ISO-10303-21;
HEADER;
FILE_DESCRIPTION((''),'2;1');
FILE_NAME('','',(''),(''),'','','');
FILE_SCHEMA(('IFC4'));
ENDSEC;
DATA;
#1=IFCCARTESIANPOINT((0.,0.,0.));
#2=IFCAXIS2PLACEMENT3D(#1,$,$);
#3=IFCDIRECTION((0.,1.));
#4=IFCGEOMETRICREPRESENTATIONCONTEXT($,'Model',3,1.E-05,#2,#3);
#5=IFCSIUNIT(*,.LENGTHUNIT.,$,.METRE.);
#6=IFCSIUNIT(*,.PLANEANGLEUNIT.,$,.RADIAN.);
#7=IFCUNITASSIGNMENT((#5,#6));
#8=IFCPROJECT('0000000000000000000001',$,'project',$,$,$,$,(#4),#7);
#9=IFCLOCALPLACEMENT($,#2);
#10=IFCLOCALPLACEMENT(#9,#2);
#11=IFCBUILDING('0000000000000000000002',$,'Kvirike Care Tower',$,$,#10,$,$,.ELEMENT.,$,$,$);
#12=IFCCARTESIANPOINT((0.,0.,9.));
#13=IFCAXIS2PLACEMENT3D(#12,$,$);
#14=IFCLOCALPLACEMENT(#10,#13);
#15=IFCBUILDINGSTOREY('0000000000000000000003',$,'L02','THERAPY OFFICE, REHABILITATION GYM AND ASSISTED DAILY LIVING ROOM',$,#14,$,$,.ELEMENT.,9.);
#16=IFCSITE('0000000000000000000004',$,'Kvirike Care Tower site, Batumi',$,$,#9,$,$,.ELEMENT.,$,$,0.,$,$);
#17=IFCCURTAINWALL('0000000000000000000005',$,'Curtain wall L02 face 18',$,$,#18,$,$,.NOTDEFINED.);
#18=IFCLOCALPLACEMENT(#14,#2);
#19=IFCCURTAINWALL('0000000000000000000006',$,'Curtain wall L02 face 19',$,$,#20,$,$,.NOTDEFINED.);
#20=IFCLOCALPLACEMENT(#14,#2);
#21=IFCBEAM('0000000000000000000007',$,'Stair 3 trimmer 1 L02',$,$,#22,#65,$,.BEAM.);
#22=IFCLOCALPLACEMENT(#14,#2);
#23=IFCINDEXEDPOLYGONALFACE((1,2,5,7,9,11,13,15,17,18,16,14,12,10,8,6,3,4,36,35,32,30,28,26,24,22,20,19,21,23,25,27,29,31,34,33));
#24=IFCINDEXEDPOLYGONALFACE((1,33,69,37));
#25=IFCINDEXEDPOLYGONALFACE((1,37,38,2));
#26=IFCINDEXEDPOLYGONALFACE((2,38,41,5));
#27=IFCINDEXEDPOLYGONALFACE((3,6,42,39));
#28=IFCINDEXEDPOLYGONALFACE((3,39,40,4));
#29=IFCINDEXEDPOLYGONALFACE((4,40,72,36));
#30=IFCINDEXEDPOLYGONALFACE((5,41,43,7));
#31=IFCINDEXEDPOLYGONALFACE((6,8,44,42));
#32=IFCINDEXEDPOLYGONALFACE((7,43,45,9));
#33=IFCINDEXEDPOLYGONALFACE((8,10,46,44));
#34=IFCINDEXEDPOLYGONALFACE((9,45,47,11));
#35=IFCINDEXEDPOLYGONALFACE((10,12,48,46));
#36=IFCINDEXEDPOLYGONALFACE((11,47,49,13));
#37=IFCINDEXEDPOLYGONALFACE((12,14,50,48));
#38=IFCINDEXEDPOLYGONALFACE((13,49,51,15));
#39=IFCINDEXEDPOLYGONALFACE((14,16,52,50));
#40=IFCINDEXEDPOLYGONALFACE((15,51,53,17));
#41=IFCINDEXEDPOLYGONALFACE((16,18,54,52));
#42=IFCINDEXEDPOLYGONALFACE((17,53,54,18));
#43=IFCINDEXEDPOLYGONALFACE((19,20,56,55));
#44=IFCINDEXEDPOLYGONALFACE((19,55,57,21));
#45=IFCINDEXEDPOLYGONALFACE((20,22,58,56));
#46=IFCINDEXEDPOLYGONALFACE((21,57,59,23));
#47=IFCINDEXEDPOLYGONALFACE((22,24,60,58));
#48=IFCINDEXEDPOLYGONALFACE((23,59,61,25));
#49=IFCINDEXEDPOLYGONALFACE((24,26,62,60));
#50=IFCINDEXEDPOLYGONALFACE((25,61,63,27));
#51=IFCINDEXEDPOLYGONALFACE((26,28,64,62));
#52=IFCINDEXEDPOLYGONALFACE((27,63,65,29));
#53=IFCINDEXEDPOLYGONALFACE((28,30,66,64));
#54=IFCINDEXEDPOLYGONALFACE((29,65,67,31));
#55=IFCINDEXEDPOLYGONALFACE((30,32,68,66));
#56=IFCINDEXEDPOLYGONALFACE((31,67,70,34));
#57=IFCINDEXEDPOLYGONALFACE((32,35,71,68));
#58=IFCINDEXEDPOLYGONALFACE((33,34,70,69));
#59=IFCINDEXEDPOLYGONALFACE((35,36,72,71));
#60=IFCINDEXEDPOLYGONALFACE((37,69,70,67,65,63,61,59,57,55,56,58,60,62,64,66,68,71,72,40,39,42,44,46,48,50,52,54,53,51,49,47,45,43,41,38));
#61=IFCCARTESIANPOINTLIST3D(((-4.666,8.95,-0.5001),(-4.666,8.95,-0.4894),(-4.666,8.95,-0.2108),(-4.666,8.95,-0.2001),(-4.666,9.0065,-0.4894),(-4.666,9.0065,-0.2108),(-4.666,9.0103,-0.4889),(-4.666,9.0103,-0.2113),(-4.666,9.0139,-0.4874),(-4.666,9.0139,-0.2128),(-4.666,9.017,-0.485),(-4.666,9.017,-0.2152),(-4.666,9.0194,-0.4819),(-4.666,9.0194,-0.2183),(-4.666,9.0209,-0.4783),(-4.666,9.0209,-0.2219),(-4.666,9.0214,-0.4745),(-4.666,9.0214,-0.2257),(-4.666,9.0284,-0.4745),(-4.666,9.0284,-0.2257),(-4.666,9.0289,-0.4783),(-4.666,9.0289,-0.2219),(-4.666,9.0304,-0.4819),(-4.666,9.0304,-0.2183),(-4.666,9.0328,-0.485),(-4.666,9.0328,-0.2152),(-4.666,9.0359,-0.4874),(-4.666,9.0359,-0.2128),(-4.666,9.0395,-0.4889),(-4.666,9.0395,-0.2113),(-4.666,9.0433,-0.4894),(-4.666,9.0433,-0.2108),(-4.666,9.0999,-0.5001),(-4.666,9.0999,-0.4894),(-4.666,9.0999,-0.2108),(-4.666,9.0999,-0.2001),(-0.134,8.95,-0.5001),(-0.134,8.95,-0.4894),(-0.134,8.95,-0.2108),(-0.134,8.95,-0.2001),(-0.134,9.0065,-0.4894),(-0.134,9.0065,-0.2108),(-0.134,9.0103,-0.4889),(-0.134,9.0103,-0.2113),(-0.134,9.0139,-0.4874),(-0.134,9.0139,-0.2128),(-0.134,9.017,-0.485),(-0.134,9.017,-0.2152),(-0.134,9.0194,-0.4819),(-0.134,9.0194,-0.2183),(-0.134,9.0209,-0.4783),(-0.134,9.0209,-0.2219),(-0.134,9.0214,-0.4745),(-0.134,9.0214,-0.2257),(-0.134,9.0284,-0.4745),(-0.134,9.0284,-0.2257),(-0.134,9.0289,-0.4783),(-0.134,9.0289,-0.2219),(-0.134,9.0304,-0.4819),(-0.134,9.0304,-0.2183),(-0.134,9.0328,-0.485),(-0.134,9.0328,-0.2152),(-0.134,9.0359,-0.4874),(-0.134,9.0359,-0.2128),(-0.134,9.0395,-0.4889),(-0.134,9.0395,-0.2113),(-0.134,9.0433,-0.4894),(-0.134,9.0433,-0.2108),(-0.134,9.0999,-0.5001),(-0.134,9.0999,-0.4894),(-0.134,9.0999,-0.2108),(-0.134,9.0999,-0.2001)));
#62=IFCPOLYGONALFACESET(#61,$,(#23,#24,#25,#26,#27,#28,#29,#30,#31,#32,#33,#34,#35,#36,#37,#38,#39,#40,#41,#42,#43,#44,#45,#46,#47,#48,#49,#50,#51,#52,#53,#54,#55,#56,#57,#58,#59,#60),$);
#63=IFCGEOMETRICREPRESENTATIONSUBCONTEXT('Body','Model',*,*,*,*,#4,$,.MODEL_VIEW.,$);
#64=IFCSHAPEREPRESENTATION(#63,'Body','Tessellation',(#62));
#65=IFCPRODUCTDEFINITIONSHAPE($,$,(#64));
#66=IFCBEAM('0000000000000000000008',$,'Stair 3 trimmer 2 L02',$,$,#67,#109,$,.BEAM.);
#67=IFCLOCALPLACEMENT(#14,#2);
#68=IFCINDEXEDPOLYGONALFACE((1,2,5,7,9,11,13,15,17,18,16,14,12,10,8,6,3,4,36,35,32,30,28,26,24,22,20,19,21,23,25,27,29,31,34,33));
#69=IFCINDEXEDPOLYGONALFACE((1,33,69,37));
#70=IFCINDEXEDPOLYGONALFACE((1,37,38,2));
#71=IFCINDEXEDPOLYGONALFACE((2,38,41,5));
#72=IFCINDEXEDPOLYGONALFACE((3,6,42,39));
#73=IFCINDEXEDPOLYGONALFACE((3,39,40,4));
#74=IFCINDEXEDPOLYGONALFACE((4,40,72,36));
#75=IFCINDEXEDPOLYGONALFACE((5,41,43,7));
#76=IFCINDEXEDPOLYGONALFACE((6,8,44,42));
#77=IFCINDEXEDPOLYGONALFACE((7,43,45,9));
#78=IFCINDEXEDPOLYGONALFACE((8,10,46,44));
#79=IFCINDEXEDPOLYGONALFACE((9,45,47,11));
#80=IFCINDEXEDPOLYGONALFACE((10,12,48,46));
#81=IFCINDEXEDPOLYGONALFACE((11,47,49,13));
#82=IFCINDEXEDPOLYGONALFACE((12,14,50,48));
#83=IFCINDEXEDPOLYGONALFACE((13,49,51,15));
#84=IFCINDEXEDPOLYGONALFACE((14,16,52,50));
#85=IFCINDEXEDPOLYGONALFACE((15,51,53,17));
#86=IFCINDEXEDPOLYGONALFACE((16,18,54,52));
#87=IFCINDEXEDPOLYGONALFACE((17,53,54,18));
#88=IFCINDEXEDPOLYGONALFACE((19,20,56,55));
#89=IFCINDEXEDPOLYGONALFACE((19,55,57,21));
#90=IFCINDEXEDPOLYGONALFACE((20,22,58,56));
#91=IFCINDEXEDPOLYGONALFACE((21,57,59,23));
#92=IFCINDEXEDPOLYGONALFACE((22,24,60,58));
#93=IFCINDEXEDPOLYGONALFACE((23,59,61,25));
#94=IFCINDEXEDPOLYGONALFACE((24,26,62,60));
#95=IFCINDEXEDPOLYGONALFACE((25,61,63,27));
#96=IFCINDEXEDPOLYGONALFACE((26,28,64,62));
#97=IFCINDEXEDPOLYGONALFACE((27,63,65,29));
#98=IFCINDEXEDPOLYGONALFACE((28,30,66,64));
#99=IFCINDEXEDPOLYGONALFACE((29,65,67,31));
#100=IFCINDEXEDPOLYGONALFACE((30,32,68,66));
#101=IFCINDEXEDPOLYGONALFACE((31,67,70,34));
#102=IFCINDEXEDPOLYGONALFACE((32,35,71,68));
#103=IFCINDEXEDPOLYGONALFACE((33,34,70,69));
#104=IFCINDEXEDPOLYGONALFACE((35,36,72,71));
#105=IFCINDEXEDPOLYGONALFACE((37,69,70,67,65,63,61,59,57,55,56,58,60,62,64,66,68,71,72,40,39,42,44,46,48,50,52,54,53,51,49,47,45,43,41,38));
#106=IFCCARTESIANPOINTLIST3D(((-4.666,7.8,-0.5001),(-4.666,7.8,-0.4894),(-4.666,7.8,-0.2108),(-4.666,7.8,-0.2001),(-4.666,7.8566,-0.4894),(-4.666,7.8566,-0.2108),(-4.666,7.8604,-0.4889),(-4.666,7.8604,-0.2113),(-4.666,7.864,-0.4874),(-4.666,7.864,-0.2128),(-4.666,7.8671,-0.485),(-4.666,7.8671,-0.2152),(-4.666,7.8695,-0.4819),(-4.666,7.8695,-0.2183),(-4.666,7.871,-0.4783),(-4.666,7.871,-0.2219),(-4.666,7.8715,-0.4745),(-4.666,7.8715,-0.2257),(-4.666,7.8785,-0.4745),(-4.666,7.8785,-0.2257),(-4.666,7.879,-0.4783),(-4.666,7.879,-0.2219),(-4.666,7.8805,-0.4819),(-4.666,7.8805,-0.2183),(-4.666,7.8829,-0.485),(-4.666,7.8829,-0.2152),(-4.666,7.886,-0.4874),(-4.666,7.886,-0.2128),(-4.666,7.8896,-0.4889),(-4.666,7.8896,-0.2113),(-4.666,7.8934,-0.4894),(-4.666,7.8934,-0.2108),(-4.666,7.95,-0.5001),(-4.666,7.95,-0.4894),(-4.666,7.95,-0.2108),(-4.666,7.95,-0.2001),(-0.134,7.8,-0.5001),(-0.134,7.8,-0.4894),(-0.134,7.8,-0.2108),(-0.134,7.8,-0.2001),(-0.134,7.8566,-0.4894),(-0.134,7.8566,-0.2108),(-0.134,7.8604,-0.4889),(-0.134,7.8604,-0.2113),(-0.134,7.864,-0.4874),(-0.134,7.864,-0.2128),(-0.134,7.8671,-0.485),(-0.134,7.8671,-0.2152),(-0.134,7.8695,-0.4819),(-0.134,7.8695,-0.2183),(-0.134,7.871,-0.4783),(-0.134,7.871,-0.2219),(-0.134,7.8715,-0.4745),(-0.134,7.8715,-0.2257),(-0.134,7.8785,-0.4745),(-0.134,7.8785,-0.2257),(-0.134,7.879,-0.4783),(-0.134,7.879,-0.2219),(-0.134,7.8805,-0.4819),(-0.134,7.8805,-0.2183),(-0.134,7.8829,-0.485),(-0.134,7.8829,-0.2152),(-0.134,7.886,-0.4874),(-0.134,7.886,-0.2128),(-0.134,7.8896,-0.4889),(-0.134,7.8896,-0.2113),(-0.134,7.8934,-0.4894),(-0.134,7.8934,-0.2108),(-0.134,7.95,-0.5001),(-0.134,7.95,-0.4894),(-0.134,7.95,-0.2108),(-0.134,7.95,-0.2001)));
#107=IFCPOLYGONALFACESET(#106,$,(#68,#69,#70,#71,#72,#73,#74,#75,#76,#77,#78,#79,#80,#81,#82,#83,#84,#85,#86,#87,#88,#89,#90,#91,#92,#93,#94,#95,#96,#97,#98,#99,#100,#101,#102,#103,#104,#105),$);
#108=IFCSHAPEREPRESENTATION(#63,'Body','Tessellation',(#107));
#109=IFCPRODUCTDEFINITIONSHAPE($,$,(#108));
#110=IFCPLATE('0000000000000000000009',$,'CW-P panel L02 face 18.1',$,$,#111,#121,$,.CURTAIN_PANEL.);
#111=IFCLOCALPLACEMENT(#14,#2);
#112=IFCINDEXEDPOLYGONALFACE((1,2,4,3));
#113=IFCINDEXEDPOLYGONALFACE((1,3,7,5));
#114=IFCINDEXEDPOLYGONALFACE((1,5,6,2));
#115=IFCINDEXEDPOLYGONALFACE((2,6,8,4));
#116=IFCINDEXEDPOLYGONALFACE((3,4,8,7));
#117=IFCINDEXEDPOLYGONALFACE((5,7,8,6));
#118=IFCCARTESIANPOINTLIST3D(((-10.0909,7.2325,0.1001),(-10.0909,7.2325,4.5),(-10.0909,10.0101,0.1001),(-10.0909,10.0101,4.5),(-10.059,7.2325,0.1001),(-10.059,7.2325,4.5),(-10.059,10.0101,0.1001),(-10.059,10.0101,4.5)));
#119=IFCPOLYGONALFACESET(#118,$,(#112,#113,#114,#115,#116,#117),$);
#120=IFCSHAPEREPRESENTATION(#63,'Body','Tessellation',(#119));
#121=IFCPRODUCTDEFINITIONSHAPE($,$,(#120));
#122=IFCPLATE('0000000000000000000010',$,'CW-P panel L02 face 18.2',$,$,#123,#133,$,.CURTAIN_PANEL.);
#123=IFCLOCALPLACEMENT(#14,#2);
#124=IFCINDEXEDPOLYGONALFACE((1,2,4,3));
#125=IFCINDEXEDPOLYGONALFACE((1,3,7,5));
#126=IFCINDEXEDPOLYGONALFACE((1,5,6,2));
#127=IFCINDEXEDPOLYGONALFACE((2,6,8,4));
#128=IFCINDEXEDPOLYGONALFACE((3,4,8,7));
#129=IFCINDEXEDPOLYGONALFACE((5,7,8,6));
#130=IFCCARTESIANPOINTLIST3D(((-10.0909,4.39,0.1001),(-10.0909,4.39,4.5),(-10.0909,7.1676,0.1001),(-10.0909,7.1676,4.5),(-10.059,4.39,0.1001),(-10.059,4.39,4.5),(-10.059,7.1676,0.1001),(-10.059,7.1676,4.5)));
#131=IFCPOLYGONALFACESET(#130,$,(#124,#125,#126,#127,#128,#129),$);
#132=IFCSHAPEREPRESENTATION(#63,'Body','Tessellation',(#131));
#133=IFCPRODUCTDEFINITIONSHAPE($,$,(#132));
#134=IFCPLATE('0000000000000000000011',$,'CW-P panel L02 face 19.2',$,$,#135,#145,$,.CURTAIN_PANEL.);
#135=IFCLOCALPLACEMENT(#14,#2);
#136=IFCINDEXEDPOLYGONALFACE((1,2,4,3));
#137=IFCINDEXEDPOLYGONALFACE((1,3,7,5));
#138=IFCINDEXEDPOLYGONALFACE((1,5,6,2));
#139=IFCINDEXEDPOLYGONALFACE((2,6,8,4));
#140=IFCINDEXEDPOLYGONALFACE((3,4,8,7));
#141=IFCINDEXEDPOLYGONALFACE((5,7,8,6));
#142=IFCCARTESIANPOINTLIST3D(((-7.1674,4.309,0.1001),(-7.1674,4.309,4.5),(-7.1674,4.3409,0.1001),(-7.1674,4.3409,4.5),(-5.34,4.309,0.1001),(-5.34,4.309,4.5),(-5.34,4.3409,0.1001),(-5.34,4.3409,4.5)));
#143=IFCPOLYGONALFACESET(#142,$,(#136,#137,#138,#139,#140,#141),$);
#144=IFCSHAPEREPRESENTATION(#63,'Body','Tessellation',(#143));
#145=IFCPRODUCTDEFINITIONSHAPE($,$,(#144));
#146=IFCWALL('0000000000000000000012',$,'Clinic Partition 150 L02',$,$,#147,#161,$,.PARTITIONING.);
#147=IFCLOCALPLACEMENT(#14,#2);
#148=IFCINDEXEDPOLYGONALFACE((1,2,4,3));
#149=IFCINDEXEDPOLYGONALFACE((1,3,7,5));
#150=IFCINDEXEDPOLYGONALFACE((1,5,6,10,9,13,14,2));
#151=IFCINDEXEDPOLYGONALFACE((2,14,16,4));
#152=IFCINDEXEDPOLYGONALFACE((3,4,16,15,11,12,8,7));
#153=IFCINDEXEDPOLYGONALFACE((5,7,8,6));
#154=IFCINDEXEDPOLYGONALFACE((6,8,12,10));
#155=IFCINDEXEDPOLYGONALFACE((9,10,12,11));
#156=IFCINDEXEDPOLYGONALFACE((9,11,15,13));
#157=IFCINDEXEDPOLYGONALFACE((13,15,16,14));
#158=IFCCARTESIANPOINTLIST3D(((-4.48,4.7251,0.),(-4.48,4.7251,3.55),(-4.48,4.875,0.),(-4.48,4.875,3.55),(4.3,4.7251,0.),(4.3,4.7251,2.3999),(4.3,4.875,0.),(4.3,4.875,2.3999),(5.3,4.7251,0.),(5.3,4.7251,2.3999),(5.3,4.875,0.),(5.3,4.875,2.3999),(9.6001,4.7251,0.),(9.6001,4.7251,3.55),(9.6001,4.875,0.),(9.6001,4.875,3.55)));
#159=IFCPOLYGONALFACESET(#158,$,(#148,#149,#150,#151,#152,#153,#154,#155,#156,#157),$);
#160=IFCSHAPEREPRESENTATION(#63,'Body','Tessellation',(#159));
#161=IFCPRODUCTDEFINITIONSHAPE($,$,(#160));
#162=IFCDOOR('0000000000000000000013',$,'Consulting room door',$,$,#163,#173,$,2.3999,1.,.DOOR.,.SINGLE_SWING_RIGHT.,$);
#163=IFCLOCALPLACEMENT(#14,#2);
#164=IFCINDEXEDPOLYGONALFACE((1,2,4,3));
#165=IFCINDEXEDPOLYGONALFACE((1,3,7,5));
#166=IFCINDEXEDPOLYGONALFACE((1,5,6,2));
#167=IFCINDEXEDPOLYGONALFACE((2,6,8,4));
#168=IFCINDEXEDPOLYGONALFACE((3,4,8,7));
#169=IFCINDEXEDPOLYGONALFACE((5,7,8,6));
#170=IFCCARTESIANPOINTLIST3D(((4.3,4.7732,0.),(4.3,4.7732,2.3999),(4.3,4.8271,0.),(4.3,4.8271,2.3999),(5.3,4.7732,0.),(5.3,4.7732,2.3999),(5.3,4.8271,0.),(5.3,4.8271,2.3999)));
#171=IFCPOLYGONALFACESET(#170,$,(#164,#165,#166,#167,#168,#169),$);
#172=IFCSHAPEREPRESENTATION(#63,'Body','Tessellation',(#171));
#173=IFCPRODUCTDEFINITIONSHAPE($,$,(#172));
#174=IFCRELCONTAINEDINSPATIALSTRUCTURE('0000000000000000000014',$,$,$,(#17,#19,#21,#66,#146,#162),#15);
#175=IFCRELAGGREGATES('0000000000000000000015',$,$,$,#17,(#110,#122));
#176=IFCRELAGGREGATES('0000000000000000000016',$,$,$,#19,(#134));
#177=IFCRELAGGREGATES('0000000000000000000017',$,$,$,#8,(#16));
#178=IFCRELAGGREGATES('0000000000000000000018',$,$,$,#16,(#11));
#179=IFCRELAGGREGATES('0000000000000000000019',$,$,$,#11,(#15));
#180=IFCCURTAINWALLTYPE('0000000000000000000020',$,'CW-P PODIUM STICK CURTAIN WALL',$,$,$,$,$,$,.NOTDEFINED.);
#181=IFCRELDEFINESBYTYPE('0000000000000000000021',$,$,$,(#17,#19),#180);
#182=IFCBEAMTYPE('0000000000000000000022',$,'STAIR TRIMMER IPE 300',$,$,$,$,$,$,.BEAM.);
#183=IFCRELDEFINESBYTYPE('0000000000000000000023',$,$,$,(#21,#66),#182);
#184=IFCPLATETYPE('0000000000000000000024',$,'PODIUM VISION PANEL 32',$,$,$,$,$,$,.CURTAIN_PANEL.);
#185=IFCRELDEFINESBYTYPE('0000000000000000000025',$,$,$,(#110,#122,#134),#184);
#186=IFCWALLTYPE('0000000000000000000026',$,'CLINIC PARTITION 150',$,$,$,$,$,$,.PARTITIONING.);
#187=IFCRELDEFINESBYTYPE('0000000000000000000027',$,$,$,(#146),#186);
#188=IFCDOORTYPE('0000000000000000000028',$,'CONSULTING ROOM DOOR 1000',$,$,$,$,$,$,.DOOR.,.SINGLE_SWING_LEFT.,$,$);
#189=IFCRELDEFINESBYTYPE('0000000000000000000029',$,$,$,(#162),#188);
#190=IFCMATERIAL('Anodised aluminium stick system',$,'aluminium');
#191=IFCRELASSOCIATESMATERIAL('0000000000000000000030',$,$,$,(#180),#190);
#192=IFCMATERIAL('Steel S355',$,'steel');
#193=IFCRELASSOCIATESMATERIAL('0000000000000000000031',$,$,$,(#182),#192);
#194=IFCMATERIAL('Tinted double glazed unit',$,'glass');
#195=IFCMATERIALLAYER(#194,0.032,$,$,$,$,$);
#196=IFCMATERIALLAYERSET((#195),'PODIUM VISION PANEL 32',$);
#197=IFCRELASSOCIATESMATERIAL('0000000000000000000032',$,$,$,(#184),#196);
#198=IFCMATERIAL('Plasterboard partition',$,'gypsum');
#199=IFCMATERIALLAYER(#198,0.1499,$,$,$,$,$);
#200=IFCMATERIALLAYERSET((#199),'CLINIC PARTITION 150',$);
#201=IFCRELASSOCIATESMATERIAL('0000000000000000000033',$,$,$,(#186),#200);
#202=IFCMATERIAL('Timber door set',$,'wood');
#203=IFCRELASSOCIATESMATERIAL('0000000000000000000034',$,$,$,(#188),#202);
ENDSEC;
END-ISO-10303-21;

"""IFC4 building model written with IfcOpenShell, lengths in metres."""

from ifc_helpers import new_model, si_unit, direction, frame, frame_2d, origin, origin_2d, place, context, subcontext, project, spatial, rectangle, i_section, extrude, material, layer, layer_set, material_profile, profile_set, type_object, element, fill, aggregate, save


model = new_model("IFC4")

# Units and contexts
model_context = context("Model", 3, precision=1e-05, world=origin(), true_north=direction((0.0, 1.0)))
body_context = subcontext(model_context, "Body", "Model", "MODEL_VIEW")
ifc_project = project(units=[si_unit("LENGTHUNIT", "METRE"), si_unit("PLANEANGLEUNIT", "RADIAN")], contexts=[model_context])

# Site, building, storey
site_placement = place(None, origin())
site = spatial("IfcSite", under=ifc_project, at=site_placement, Name="Kvirike Care Tower site, Batumi", CompositionType="ELEMENT", RefElevation=0.0)
building_placement = place(site_placement, origin())
building = spatial("IfcBuilding", under=site, at=building_placement, Name="Kvirike Care Tower", CompositionType="ELEMENT")
storey_placement = place(building_placement, frame((0.0, 0.0, 9.0)))
storey = spatial("IfcBuildingStorey", under=building, at=storey_placement, Name="L02", Description="THERAPY OFFICE, REHABILITATION GYM AND ASSISTED DAILY LIVING ROOM", CompositionType="ELEMENT", Elevation=9.0)

# Curtain wall
ifc_material_1 = material(Name="Anodised aluminium stick system", Category="aluminium")
curtain_wall_type = type_object("IfcCurtainWallType", Name="CW-P PODIUM STICK CURTAIN WALL", PredefinedType="NOTDEFINED", material=ifc_material_1)
curtain_wall_1_placement = place(storey_placement, origin())
curtain_wall_1 = element("IfcCurtainWall", 1, at=curtain_wall_1_placement, inside=storey, type_object=curtain_wall_type, Name="Curtain wall L02 face 18", PredefinedType="NOTDEFINED")

# Curtain wall
curtain_wall_2_placement = place(storey_placement, origin())
curtain_wall_2 = element("IfcCurtainWall", 2, at=curtain_wall_2_placement, inside=storey, type_object=curtain_wall_type, Name="Curtain wall L02 face 19", PredefinedType="NOTDEFINED")

# Beams
ifc_material_2 = material(Name="Steel S355", Category="steel")
ifc_material_profile_1 = material_profile(ifc_material_2, i_section(OverallWidth=0.1499, OverallDepth=0.3, WebThickness=0.0071, FlangeThickness=0.0107, FilletRadius=0.0149, at=origin_2d()), Name="IPE 300")
ifc_profile_set_1 = profile_set([ifc_material_profile_1], Name="Steel S355")
beam_type_1 = type_object("IfcBeamType", Name="STAIR TRIMMER IPE 300", PredefinedType="BEAM", material=ifc_profile_set_1)
for number, where, z_axis, x_axis, name in (
    (3, (-4.666, 9.0249, -0.3501), (1.0, 0.0, 0.0), (0.0, 1.0, 0.0), "Stair 3 trimmer 1 L02"),
    (4, (-4.666, 7.875, -0.3501), (1.0, 0.0, 0.0), (0.0, 1.0, 0.0), "Stair 3 trimmer 2 L02"),
):
    element("IfcBeam", number, at=place(storey_placement, frame(where, z_axis=z_axis, x_axis=x_axis)), inside=storey, type_object=beam_type_1, Name=name, PredefinedType="BEAM", context=body_context, shape_type="SweptSolid", body=[
        extrude(i_section(OverallWidth=0.1499, OverallDepth=0.3, WebThickness=0.0071, FlangeThickness=0.0107, FilletRadius=0.0149, at=origin_2d()), origin(), (0.0, 0.0, 1.0), 4.532),
    ])

# Plates
ifc_material_3 = material(Name="Tinted double glazed unit", Category="glass")
ifc_layer_1 = layer(ifc_material_3, 0.032)
ifc_layer_set_1 = layer_set([ifc_layer_1], Name="PODIUM VISION PANEL 32")
plate_type = type_object("IfcPlateType", Name="PODIUM VISION PANEL 32", PredefinedType="CURTAIN_PANEL", material=ifc_layer_set_1)
plate_1_placement = place(storey_placement, frame((-10.075, 8.6213, 0.1001), z_axis=(0.0, 0.0, 1.0), x_axis=(0.0, -1.0, 0.0)))
plate_1 = element("IfcPlate", 5, at=plate_1_placement, type_object=plate_type, Name="CW-P panel L02 face 18.1", PredefinedType="CURTAIN_PANEL", context=body_context, shape_type="SweptSolid", body=[
    extrude(rectangle(XDim=2.7776, YDim=0.032, at=origin_2d()), origin(), (0.0, 0.0, 1.0), 4.3999),
])
plate_2_placement = place(storey_placement, frame((-10.075, 5.7788, 0.1001), z_axis=(0.0, 0.0, 1.0), x_axis=(0.0, -1.0, 0.0)))
plate_2 = element("IfcPlate", 6, at=plate_2_placement, type_object=plate_type, Name="CW-P panel L02 face 18.2", PredefinedType="CURTAIN_PANEL", context=body_context, shape_type="SweptSolid", body=[
    extrude(rectangle(XDim=2.7776, YDim=0.032, at=origin_2d()), origin(), (0.0, 0.0, 1.0), 4.3999),
])
aggregate(curtain_wall_1, [plate_1, plate_2])
plate_3_placement = place(storey_placement, frame((-6.2537, 4.325, 0.1001), z_axis=(0.0, 0.0, 1.0), x_axis=(1.0, 0.0, 0.0)))
plate_3 = element("IfcPlate", 7, at=plate_3_placement, type_object=plate_type, Name="CW-P panel L02 face 19.2", PredefinedType="CURTAIN_PANEL", context=body_context, shape_type="SweptSolid", body=[
    extrude(rectangle(XDim=1.8274, YDim=0.032, at=origin_2d()), origin(), (0.0, 0.0, 1.0), 4.3999),
])
aggregate(curtain_wall_2, [plate_3])

# Wall, opening, door
ifc_material_4 = material(Name="Plasterboard partition", Category="gypsum")
ifc_layer_2 = layer(ifc_material_4, 0.1499)
ifc_layer_set_2 = layer_set([ifc_layer_2], Name="CLINIC PARTITION 150")
wall_type_1 = type_object("IfcWallType", Name="CLINIC PARTITION 150", PredefinedType="PARTITIONING", material=ifc_layer_set_2)
wall_1_placement = place(storey_placement, frame((-4.48, 4.8, 0.0), z_axis=(0.0, 0.0, 1.0), x_axis=(1.0, 0.0, 0.0)))
wall_1 = element("IfcWall", 8, at=wall_1_placement, inside=storey, type_object=wall_type_1, Name="Clinic Partition 150 L02", PredefinedType="PARTITIONING", context=body_context, shape_type="SweptSolid", body=[
    extrude(rectangle(XDim=14.0801, YDim=0.1499, at=frame_2d((7.04, 0.0))), origin(), (0.0, 0.0, 1.0), 3.55),
])
opening_1_placement = place(wall_1_placement, frame((8.78, 0.0, 0.0)))
opening_1 = element("IfcOpeningElement", 9, at=opening_1_placement, cuts=wall_1, PredefinedType="OPENING", context=body_context, shape_type="SweptSolid", body=[
    extrude(rectangle(XDim=1.0, YDim=2.3999, at=frame_2d((0.5, 1.2))), frame((0.0, 0.0854, 0.0), z_axis=(0.0, -1.0, 0.0), x_axis=(1.0, 0.0, 0.0)), (0.0, 0.0, 1.0), 0.1709),
])
ifc_material_5 = material(Name="Timber door set", Category="wood")
door_type_1 = type_object("IfcDoorType", Name="CONSULTING ROOM DOOR 1000", OperationType="SINGLE_SWING_LEFT", PredefinedType="DOOR", material=ifc_material_5)
door_1_placement = place(opening_1_placement, frame((1.0, 0.0, 0.0), z_axis=(0.0, 0.0, 1.0), x_axis=(-1.0, 0.0, 0.0)))
door_1 = element("IfcDoor", 10, at=door_1_placement, inside=storey, type_object=door_type_1, Name="Consulting room door", OperationType="SINGLE_SWING_RIGHT", OverallHeight=2.3999, OverallWidth=1.0, PredefinedType="DOOR", context=body_context, shape_type="SweptSolid", body=[
    extrude(rectangle(XDim=1.0, YDim=2.3999, at=frame_2d((0.5, 1.2))), frame((0.0, 0.0269, 0.0), z_axis=(0.0, -1.0, 0.0), x_axis=(1.0, 0.0, 0.0)), (0.0, 0.0, 1.0), 0.054),
])
fill(opening_1, door_1)

save(model, "model.ifc")
